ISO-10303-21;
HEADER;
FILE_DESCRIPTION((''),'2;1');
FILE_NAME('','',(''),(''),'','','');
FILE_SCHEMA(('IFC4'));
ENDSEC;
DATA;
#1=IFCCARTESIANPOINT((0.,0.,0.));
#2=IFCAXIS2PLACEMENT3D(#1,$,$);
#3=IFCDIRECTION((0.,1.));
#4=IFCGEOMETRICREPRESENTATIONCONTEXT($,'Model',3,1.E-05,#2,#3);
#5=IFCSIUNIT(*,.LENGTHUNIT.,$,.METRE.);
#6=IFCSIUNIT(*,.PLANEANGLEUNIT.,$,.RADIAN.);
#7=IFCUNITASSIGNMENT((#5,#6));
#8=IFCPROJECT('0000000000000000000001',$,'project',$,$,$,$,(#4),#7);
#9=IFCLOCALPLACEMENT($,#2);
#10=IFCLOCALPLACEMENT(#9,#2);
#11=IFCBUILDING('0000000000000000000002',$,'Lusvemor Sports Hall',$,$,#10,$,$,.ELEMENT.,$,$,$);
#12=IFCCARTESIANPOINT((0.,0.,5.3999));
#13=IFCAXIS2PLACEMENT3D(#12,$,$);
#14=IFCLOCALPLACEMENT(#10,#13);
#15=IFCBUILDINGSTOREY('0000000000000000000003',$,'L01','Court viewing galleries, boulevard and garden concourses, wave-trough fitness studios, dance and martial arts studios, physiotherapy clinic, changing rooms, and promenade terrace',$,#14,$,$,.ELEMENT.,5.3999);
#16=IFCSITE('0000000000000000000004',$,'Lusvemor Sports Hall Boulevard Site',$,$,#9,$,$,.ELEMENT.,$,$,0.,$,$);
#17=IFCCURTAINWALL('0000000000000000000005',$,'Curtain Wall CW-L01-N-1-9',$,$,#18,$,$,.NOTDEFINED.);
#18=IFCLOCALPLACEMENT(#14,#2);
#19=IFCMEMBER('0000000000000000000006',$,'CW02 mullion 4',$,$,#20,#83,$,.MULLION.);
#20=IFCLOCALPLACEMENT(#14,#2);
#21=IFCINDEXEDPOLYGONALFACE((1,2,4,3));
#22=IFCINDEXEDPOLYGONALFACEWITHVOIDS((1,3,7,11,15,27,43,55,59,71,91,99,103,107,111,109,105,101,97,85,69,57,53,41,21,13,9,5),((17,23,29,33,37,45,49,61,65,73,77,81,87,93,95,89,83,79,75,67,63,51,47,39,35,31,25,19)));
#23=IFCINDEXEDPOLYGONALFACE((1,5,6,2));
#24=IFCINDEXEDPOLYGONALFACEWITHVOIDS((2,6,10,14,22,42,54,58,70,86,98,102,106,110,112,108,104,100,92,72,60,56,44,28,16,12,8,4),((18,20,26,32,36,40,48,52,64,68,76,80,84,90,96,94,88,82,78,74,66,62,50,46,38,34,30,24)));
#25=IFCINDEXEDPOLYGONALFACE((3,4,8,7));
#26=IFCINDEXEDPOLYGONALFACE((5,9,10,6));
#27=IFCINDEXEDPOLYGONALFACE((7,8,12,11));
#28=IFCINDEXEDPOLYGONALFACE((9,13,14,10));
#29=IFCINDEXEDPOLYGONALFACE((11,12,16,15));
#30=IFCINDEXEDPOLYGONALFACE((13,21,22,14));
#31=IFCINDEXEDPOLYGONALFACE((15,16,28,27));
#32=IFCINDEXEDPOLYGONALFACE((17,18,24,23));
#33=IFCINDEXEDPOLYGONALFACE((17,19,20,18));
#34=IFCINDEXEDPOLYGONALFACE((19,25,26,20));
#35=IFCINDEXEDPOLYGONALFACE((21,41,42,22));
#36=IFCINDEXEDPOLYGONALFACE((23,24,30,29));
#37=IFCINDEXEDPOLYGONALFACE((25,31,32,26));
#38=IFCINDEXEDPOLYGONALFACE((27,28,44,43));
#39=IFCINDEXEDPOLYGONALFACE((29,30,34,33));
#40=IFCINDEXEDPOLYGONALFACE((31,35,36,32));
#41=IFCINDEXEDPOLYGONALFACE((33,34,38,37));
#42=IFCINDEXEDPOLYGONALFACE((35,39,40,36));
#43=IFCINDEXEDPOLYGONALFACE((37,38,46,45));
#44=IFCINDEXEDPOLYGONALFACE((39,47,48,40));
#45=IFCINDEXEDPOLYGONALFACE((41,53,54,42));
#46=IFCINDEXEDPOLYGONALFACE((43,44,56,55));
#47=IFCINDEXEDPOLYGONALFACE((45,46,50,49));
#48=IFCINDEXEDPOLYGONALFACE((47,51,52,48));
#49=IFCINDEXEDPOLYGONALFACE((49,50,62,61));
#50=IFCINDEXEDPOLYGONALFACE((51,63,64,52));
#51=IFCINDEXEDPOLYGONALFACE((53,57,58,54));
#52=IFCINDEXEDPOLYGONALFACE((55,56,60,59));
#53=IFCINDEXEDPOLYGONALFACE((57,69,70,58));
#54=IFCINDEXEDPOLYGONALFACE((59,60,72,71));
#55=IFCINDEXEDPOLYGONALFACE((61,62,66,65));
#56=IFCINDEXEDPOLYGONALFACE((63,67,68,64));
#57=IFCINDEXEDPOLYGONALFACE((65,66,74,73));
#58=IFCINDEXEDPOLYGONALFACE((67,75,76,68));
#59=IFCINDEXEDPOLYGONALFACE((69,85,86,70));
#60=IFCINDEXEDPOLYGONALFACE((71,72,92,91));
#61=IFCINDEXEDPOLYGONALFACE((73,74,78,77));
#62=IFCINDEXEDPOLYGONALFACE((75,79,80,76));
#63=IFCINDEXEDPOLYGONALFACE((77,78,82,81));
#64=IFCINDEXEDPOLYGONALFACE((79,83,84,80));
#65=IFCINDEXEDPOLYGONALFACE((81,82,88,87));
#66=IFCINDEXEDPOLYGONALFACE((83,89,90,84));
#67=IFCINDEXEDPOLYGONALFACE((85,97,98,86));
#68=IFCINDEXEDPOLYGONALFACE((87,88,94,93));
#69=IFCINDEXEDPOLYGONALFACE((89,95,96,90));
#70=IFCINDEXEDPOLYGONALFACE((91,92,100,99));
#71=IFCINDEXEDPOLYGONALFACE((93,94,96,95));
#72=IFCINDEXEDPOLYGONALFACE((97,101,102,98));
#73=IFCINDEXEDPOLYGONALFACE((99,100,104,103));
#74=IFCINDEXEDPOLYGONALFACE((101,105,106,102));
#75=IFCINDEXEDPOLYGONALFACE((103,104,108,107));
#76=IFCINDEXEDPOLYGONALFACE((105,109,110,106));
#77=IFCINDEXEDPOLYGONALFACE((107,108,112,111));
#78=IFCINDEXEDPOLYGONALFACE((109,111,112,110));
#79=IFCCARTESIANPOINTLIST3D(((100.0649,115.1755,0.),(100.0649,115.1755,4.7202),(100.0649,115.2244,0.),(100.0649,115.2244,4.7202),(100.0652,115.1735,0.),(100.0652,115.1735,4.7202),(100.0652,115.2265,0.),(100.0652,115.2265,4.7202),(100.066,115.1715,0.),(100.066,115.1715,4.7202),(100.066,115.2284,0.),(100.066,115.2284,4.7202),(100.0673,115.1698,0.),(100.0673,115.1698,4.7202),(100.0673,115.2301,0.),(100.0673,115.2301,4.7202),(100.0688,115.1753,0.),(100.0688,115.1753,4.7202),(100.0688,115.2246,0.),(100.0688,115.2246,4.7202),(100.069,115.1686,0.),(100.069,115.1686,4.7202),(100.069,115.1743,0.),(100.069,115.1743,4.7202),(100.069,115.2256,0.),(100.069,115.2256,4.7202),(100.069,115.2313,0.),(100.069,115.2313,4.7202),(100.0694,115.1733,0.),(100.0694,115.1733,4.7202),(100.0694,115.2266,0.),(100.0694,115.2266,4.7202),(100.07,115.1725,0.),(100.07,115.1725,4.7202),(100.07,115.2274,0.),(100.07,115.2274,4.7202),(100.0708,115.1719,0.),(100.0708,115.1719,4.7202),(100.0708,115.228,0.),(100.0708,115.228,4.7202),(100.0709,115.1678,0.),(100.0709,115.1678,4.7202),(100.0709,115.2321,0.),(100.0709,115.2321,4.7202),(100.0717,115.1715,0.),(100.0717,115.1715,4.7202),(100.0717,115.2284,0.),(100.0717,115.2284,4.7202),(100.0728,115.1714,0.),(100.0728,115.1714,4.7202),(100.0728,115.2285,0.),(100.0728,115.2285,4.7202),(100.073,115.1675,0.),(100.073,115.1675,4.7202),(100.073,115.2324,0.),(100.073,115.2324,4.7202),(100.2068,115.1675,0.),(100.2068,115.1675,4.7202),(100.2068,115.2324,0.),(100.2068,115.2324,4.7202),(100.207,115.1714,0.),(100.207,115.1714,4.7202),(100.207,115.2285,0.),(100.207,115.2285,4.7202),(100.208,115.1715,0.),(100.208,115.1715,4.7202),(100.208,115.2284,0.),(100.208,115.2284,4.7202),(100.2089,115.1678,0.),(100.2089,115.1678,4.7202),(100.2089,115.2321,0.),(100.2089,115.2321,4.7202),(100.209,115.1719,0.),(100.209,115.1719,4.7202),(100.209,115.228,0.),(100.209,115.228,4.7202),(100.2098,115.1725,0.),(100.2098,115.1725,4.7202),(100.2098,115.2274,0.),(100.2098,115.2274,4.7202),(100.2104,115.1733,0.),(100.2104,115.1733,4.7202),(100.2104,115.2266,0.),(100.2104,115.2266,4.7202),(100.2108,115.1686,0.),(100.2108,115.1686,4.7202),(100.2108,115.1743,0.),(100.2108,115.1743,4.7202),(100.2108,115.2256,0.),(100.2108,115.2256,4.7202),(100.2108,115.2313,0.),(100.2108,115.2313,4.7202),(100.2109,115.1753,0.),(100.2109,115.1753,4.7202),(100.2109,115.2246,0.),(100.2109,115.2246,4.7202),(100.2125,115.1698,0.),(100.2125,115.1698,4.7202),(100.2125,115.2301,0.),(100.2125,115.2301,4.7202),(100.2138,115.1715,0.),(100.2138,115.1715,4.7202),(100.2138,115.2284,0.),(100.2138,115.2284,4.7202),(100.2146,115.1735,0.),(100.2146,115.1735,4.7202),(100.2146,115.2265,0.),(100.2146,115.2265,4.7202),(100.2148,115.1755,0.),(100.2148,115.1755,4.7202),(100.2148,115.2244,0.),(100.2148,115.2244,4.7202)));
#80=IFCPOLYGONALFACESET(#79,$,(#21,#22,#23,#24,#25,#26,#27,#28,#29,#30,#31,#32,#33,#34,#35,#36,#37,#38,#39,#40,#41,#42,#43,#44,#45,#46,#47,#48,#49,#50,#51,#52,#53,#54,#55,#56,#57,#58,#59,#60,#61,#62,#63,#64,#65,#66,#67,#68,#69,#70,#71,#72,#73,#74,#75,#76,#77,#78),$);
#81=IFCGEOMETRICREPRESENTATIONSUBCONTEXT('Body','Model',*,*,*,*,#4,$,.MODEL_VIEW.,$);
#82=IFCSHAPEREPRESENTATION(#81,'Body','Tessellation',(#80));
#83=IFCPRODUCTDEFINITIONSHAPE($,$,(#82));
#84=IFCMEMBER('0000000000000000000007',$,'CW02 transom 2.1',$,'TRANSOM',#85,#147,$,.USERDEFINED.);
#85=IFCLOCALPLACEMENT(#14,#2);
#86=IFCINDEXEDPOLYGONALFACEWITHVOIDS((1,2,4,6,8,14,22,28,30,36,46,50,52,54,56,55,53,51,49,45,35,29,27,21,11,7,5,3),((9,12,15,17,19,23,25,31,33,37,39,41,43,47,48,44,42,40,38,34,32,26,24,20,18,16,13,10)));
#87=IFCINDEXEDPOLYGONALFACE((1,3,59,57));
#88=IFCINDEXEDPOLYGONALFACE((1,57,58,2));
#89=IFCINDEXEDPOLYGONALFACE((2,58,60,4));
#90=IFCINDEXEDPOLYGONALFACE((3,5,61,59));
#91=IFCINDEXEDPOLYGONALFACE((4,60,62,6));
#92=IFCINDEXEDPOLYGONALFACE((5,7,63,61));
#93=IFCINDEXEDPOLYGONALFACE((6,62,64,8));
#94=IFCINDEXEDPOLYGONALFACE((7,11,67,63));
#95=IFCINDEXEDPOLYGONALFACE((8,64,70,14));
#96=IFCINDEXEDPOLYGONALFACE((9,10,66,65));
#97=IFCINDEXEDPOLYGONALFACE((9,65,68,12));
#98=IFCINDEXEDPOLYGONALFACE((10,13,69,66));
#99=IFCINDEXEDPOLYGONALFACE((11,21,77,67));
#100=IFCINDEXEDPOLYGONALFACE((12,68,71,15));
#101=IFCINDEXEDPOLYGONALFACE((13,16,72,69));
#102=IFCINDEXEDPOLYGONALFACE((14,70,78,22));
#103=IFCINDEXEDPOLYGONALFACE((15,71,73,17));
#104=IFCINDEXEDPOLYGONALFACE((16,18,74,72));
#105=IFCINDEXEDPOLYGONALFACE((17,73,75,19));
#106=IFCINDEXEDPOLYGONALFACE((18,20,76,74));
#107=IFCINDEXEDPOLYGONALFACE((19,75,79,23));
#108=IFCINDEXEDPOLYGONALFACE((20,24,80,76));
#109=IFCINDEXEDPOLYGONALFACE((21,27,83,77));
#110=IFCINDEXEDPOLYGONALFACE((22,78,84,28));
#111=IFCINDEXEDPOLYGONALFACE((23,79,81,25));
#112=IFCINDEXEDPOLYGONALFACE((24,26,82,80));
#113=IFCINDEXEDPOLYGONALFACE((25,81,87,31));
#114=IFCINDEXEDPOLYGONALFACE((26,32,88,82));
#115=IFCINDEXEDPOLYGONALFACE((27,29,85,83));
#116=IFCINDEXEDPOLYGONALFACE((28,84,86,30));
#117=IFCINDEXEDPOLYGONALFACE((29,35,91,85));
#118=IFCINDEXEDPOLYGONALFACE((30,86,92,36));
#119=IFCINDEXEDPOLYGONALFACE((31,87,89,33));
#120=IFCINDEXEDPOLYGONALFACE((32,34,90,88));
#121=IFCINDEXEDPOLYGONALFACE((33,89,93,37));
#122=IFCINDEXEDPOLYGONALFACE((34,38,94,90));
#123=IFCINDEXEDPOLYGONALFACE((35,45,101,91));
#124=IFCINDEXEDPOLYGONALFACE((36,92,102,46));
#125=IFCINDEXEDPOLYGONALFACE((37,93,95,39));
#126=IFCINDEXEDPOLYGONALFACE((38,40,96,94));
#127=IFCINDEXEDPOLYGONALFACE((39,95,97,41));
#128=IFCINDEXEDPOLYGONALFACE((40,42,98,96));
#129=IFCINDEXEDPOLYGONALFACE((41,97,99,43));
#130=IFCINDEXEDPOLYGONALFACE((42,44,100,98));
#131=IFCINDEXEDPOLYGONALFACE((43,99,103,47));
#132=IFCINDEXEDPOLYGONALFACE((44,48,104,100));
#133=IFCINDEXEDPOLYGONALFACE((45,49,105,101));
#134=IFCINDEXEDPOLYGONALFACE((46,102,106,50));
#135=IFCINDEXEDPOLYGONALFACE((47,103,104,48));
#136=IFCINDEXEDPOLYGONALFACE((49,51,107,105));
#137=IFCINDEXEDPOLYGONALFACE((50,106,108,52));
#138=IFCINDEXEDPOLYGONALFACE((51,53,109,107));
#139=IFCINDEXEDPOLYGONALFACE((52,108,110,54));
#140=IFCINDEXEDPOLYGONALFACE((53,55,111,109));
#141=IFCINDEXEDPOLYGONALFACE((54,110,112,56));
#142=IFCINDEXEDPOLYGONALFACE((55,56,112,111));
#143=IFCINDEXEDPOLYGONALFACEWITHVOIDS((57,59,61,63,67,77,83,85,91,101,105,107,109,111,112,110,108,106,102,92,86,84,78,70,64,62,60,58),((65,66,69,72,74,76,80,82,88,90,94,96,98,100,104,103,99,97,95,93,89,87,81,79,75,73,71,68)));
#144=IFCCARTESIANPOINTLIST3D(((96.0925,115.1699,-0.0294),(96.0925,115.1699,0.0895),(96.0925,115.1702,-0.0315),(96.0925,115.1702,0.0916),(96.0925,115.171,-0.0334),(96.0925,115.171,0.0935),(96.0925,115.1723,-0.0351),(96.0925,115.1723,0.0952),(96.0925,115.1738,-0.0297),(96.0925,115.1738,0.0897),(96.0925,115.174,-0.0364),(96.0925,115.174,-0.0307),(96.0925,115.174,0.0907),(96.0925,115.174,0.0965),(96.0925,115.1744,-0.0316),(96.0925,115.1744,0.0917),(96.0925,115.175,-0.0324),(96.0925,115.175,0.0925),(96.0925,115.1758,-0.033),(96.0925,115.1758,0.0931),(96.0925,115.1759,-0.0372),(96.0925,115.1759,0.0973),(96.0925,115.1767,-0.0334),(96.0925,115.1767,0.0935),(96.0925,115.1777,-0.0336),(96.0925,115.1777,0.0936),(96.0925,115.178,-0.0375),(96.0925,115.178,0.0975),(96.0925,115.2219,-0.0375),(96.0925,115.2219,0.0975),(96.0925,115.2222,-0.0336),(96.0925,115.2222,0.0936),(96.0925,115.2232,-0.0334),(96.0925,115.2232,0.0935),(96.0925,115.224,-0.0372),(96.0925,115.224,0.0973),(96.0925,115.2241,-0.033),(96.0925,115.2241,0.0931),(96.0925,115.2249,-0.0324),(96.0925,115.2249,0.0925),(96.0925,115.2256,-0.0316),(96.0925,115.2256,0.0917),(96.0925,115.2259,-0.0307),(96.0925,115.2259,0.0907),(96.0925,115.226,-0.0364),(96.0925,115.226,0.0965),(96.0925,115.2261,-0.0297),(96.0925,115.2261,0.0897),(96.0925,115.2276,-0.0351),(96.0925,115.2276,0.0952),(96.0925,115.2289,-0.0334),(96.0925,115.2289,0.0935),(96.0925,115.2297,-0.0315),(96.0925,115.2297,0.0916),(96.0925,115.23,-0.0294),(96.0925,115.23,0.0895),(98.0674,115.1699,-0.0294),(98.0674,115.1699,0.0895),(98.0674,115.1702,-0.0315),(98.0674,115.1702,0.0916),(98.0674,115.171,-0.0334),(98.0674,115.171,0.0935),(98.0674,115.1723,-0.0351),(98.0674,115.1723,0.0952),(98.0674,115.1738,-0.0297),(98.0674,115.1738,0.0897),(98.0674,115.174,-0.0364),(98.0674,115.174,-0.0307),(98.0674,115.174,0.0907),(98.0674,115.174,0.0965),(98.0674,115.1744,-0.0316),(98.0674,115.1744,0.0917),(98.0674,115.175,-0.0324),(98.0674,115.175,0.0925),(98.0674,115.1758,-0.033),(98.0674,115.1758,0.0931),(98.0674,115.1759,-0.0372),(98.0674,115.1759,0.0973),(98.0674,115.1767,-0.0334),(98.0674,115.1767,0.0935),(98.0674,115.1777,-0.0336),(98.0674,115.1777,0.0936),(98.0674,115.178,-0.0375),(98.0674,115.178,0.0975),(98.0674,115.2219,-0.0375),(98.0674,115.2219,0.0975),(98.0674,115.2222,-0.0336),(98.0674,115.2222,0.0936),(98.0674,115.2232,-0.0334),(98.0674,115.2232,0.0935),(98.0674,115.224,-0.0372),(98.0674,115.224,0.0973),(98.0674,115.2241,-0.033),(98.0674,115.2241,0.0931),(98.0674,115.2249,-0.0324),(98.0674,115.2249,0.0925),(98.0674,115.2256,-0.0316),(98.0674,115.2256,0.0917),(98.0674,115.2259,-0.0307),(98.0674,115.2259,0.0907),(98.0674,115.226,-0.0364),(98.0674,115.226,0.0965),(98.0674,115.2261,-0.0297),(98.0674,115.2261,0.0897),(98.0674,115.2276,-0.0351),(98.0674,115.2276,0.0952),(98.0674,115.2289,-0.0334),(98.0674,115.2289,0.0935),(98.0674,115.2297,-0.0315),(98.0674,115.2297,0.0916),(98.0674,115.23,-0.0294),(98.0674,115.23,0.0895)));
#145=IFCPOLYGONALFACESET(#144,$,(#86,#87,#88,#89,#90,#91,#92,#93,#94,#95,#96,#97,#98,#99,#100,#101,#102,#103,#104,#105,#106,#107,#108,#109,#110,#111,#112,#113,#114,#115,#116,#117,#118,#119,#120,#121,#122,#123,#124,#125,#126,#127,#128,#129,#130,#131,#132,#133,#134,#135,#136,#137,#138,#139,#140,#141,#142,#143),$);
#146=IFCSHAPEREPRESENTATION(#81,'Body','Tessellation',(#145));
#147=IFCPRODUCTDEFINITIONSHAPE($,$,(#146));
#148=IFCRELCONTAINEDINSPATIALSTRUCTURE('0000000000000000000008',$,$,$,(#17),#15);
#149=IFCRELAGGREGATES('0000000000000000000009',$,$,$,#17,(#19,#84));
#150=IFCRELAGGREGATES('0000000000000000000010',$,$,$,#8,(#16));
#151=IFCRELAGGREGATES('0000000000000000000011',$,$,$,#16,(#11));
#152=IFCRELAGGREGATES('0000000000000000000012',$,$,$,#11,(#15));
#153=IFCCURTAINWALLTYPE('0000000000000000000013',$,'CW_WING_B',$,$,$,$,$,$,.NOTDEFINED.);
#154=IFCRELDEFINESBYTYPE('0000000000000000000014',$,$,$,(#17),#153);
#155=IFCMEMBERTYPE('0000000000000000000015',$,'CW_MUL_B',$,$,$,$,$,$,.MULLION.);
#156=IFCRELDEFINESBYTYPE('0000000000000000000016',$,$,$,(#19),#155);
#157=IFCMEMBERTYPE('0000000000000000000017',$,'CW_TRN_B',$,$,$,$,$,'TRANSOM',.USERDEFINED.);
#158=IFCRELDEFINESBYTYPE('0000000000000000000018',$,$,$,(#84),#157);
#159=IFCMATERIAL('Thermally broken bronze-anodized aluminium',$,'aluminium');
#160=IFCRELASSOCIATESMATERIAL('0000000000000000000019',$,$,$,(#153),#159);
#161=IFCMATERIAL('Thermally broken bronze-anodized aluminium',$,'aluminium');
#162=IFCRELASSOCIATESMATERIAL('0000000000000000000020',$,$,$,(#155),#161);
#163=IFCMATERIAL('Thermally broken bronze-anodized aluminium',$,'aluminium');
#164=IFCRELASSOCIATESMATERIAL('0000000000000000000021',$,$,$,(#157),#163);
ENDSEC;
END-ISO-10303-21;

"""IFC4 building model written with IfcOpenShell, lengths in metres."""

from ifc_helpers import new_model, si_unit, direction, frame, origin, origin_2d, place, context, subcontext, project, spatial, hollow_rectangle, extrude, material, material_profile, profile_set, type_object, element, aggregate, save


model = new_model("IFC4")

# Units and contexts
model_context = context("Model", 3, precision=1e-05, world=origin(), true_north=direction((0.0, 1.0)))
body_context = subcontext(model_context, "Body", "Model", "MODEL_VIEW")
ifc_project = project(units=[si_unit("LENGTHUNIT", "METRE"), si_unit("PLANEANGLEUNIT", "RADIAN")], contexts=[model_context])

# Site, building, storey
site_placement = place(None, origin())
site = spatial("IfcSite", under=ifc_project, at=site_placement, Name="Lusvemor Sports Hall Boulevard Site", CompositionType="ELEMENT", RefElevation=0.0)
building_placement = place(site_placement, origin())
building = spatial("IfcBuilding", under=site, at=building_placement, Name="Lusvemor Sports Hall", CompositionType="ELEMENT")
storey_placement = place(building_placement, frame((0.0, 0.0, 5.3999)))
storey = spatial("IfcBuildingStorey", under=building, at=storey_placement, Name="L01", Description="Court viewing galleries, boulevard and garden concourses, wave-trough fitness studios, dance and martial arts studios, physiotherapy clinic, changing rooms, and promenade terrace", CompositionType="ELEMENT", Elevation=5.3999)

# Curtain wall, members
ifc_material_1 = material(Name="Thermally broken bronze-anodized aluminium", Category="aluminium")
curtain_wall_type = type_object("IfcCurtainWallType", Name="CW_WING_B", PredefinedType="NOTDEFINED", material=ifc_material_1)
curtain_wall_placement = place(storey_placement, origin())
curtain_wall = element("IfcCurtainWall", 1, at=curtain_wall_placement, inside=storey, type_object=curtain_wall_type, Name="Curtain Wall CW-L01-N-1-9", PredefinedType="NOTDEFINED")
ifc_material_2 = material(Name="Thermally broken bronze-anodized aluminium", Category="aluminium")
ifc_material_profile_1 = material_profile(ifc_material_2, hollow_rectangle(XDim=0.0649, YDim=0.1499, WallThickness=0.0039, InnerFilletRadius=0.0039, OuterFilletRadius=0.0081, at=origin_2d()), Name="CWMUL150x65x4")
ifc_profile_set_1 = profile_set([ifc_material_profile_1], Name="Thermally broken bronze-anodized aluminium")
member_type_1 = type_object("IfcMemberType", Name="CW_MUL_B", PredefinedType="MULLION", material=ifc_profile_set_1)
member_1_placement = place(storey_placement, frame((100.1399, 115.2, 0.0), z_axis=(0.0, 0.0, 1.0), x_axis=(0.0, 1.0, 0.0)))
member_1 = element("IfcMember", 2, at=member_1_placement, type_object=member_type_1, Name="CW02 mullion 4", PredefinedType="MULLION", context=body_context, shape_type="SweptSolid", body=[
    extrude(hollow_rectangle(XDim=0.0649, YDim=0.1499, WallThickness=0.0039, InnerFilletRadius=0.0039, OuterFilletRadius=0.0081, at=origin_2d()), origin(), (0.0, 0.0, 1.0), 4.7202),
])
ifc_material_3 = material(Name="Thermally broken bronze-anodized aluminium", Category="aluminium")
ifc_material_profile_2 = material_profile(ifc_material_3, hollow_rectangle(XDim=0.0601, YDim=0.135, WallThickness=0.0039, InnerFilletRadius=0.0039, OuterFilletRadius=0.0081, at=origin_2d()), Name="CWTRN135x60x4")
ifc_profile_set_2 = profile_set([ifc_material_profile_2], Name="Thermally broken bronze-anodized aluminium")
member_type_2 = type_object("IfcMemberType", Name="CW_TRN_B", ElementType="TRANSOM", PredefinedType="USERDEFINED", material=ifc_profile_set_2)
member_2_placement = place(storey_placement, frame((96.0925, 115.2, 0.03), z_axis=(1.0, 0.0, 0.0), x_axis=(0.0, 1.0, 0.0)))
member_2 = element("IfcMember", 3, at=member_2_placement, type_object=member_type_2, Name="CW02 transom 2.1", ObjectType="TRANSOM", PredefinedType="USERDEFINED", context=body_context, shape_type="SweptSolid", body=[
    extrude(hollow_rectangle(XDim=0.0601, YDim=0.135, WallThickness=0.0039, InnerFilletRadius=0.0039, OuterFilletRadius=0.0081, at=origin_2d()), origin(), (0.0, 0.0, 1.0), 1.9749),
])

aggregate(curtain_wall, [member_1, member_2])

save(model, "model.ifc")
